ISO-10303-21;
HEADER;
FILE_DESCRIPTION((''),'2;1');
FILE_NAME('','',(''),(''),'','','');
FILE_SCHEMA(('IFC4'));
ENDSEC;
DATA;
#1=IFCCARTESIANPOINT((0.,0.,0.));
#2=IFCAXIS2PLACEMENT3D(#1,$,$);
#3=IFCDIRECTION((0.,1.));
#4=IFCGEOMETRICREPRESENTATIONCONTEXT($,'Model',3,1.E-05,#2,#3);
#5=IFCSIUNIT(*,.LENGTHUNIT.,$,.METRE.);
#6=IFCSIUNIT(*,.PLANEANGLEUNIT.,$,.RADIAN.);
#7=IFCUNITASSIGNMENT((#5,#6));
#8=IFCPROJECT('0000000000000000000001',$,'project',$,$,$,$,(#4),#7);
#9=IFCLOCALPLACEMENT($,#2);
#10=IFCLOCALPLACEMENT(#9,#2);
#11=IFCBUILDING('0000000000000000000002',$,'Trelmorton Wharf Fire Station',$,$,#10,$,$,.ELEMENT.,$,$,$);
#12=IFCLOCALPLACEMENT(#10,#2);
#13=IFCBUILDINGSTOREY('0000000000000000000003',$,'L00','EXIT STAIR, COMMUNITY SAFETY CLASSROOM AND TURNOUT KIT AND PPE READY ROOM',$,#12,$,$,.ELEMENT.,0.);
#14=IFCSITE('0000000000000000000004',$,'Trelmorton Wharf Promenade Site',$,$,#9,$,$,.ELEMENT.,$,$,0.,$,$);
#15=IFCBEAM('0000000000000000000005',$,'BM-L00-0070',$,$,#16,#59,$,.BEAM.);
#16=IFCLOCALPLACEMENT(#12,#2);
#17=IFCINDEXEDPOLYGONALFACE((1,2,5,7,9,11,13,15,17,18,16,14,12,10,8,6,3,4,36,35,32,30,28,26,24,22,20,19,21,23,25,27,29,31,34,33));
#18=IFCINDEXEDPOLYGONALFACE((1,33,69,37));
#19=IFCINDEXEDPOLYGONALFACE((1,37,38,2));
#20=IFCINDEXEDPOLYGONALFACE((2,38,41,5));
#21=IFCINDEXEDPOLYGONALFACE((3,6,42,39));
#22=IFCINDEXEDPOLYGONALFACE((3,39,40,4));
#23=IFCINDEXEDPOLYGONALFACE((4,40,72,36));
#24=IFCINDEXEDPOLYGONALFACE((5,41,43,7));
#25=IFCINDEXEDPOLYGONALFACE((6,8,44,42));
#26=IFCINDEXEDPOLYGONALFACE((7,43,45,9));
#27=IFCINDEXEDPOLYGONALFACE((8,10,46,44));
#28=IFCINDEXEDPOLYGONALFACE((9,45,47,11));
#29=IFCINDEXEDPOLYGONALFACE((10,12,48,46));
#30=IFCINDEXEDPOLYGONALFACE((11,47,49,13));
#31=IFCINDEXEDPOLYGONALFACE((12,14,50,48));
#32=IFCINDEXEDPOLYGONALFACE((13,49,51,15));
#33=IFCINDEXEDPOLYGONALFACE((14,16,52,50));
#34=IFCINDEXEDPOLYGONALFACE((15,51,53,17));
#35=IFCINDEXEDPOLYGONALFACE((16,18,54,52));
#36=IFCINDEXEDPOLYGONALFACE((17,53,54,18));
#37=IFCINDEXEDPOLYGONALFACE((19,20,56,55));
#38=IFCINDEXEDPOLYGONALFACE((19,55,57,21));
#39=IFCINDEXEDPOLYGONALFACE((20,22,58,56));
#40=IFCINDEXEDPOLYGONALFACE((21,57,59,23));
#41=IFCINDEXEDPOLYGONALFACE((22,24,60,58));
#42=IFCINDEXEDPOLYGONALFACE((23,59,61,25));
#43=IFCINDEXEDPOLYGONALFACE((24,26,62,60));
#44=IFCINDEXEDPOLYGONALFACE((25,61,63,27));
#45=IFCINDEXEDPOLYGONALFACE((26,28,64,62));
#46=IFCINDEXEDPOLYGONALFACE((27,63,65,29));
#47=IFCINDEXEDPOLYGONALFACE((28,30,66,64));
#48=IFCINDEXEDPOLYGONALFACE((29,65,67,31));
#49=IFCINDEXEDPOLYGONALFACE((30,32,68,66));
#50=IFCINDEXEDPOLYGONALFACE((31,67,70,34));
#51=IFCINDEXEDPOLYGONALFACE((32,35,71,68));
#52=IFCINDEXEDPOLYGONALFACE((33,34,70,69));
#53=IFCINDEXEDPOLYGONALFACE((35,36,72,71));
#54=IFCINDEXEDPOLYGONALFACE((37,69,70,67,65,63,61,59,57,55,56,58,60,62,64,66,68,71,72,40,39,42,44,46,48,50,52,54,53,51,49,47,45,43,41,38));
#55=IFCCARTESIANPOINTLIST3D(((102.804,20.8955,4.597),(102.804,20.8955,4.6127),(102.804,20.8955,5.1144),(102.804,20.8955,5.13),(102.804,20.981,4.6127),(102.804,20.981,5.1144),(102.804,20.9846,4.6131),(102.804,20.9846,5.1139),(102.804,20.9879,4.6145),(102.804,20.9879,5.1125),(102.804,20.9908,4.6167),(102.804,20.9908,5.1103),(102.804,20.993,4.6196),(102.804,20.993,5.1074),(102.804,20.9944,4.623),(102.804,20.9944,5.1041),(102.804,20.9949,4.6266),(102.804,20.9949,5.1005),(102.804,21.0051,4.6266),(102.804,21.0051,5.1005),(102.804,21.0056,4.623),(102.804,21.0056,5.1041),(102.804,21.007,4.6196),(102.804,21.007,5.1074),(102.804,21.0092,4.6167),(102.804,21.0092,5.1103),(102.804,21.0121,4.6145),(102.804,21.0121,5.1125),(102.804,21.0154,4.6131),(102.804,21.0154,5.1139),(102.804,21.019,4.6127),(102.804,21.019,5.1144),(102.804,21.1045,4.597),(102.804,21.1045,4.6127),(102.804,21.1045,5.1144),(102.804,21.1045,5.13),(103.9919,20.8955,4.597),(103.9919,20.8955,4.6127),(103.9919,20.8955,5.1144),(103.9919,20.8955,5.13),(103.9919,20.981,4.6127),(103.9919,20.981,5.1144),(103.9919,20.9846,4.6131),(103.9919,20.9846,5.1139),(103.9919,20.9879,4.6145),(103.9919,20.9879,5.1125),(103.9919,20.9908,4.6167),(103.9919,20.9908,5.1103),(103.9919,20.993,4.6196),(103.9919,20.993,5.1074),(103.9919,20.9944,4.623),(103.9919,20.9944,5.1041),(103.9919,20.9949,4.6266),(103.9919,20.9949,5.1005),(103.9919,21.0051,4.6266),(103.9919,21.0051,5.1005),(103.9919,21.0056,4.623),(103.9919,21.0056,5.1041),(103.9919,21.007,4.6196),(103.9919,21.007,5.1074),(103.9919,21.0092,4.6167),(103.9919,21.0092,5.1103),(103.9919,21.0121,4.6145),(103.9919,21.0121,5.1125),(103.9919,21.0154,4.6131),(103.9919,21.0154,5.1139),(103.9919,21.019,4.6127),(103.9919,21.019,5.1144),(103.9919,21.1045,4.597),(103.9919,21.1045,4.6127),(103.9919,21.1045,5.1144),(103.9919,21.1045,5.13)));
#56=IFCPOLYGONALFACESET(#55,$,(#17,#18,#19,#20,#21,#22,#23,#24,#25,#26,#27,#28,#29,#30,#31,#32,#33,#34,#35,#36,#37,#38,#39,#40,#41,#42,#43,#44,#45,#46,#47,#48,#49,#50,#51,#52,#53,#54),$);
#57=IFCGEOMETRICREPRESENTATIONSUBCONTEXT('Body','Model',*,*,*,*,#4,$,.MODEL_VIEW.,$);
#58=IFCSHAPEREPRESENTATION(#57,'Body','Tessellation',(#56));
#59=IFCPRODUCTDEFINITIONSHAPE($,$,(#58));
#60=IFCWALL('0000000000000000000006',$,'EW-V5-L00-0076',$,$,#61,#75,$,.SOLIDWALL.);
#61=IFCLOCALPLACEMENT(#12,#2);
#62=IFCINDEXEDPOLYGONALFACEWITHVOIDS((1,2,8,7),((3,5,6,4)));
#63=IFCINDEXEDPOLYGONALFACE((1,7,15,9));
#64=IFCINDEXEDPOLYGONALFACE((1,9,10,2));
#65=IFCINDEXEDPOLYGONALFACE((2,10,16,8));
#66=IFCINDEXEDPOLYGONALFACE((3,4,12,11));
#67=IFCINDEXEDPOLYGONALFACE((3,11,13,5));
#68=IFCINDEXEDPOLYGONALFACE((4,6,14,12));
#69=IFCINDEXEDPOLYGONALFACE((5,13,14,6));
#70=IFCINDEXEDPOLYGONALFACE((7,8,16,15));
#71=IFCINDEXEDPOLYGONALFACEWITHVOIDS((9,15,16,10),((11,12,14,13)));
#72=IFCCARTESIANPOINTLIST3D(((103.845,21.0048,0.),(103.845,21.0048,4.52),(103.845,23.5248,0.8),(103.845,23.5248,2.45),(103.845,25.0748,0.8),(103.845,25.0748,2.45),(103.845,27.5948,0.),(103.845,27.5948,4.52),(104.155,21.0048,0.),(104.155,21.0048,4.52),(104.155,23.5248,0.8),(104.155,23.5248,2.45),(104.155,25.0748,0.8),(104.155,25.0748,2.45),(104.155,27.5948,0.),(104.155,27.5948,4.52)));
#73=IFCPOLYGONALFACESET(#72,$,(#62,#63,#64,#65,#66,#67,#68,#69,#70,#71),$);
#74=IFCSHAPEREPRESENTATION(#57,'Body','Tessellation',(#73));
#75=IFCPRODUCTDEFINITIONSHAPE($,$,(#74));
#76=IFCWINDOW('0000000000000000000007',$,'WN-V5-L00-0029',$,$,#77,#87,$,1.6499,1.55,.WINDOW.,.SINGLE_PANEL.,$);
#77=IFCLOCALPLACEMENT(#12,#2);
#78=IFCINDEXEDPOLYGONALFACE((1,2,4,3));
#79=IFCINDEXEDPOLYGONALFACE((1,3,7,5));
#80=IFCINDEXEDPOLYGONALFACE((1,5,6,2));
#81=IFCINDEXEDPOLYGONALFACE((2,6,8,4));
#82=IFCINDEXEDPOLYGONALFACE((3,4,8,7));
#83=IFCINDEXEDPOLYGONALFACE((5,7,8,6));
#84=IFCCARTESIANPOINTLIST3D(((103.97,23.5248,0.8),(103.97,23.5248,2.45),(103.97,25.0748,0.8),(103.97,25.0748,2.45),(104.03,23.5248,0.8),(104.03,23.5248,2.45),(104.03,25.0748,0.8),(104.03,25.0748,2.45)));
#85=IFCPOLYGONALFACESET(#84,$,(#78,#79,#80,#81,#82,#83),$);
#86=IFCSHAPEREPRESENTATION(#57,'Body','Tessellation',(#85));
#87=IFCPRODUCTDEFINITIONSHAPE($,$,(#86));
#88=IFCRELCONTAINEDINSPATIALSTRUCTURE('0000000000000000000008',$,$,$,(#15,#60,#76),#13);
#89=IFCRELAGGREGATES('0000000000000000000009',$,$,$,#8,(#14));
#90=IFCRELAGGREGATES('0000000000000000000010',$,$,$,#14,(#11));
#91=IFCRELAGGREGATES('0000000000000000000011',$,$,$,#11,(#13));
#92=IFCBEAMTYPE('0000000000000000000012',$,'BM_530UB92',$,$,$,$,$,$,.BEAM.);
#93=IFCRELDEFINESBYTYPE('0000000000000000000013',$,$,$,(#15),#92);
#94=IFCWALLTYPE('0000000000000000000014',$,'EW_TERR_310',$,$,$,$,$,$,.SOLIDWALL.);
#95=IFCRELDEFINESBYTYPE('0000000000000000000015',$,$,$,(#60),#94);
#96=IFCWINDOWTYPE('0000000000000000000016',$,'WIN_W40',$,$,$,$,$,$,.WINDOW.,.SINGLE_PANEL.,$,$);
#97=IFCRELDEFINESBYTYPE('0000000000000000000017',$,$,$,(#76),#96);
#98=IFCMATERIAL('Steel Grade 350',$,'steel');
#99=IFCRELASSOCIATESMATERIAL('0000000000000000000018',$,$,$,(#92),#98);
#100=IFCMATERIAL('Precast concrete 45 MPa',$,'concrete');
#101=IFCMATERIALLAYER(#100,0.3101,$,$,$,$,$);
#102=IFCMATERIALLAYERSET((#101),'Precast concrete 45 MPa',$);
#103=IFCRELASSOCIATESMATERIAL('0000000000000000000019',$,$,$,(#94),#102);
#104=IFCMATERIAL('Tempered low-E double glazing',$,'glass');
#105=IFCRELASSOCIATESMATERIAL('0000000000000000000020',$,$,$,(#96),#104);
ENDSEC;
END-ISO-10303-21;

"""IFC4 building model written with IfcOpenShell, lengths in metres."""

from ifc_helpers import new_model, si_unit, direction, frame, frame_2d, origin, origin_2d, place, context, subcontext, project, spatial, rectangle, i_section, extrude, material, layer, layer_set, material_profile, profile_set, type_object, element, fill, save


model = new_model("IFC4")

# Units and contexts
model_context = context("Model", 3, precision=1e-05, world=origin(), true_north=direction((0.0, 1.0)))
body_context = subcontext(model_context, "Body", "Model", "MODEL_VIEW")
ifc_project = project(units=[si_unit("LENGTHUNIT", "METRE"), si_unit("PLANEANGLEUNIT", "RADIAN")], contexts=[model_context])

# Site, building, storey
site_placement = place(None, origin())
site = spatial("IfcSite", under=ifc_project, at=site_placement, Name="Trelmorton Wharf Promenade Site", CompositionType="ELEMENT", RefElevation=0.0)
building_placement = place(site_placement, origin())
building = spatial("IfcBuilding", under=site, at=building_placement, Name="Trelmorton Wharf Fire Station", CompositionType="ELEMENT")
storey_placement = place(building_placement, origin())
storey = spatial("IfcBuildingStorey", under=building, at=storey_placement, Name="L00", Description="EXIT STAIR, COMMUNITY SAFETY CLASSROOM AND TURNOUT KIT AND PPE READY ROOM", CompositionType="ELEMENT", Elevation=0.0)

# Shared definitions
ifc_material_1 = material(Name="Steel Grade 350", Category="steel")

# Beam
ifc_material_profile_1 = material_profile(ifc_material_1, i_section(OverallWidth=0.209, OverallDepth=0.533, WebThickness=0.0103, FlangeThickness=0.0156, FilletRadius=0.0139, at=origin_2d()), Name="530UB92.4")
ifc_profile_set_1 = profile_set([ifc_material_profile_1], Name="Steel Grade 350")
beam_type_1 = type_object("IfcBeamType", Name="BM_530UB92", PredefinedType="BEAM", material=ifc_profile_set_1)
beam_1_placement = place(storey_placement, frame((102.804, 21.0, 4.8635), z_axis=(1.0, 0.0, 0.0), x_axis=(0.0, 1.0, 0.0)))
element("IfcBeam", 1, at=beam_1_placement, inside=storey, type_object=beam_type_1, Name="BM-L00-0070", PredefinedType="BEAM", context=body_context, shape_type="SweptSolid", body=[
    extrude(i_section(OverallWidth=0.209, OverallDepth=0.533, WebThickness=0.0103, FlangeThickness=0.0156, FilletRadius=0.0139, at=origin_2d()), origin(), (0.0, 0.0, 1.0), 1.188),
])

# Wall, opening, window
ifc_material_2 = material(Name="Precast concrete 45 MPa", Category="concrete")
ifc_layer = layer(ifc_material_2, 0.3101)
ifc_layer_set = layer_set([ifc_layer], Name="Precast concrete 45 MPa")
wall_type = type_object("IfcWallType", Name="EW_TERR_310", PredefinedType="SOLIDWALL", material=ifc_layer_set)
wall_placement = place(storey_placement, frame((104.0, 21.0049, 0.0), z_axis=(0.0, 0.0, 1.0), x_axis=(0.0, 1.0, 0.0)))
wall = element("IfcWall", 2, at=wall_placement, inside=storey, type_object=wall_type, Name="EW-V5-L00-0076", PredefinedType="SOLIDWALL", context=body_context, shape_type="SweptSolid", body=[
    extrude(rectangle(XDim=6.5901, YDim=0.3101, at=frame_2d((3.2949, 0.0))), origin(), (0.0, 0.0, 1.0), 4.52),
])
opening_placement = place(wall_placement, frame((2.52, 0.0, 0.8)))
opening = element("IfcOpeningElement", 3, at=opening_placement, cuts=wall, PredefinedType="OPENING", context=body_context, shape_type="SweptSolid", body=[
    extrude(rectangle(XDim=1.55, YDim=1.6499, at=frame_2d((0.7749, 0.825))), frame((0.0, 0.165, 0.0), z_axis=(0.0, -1.0, 0.0), x_axis=(1.0, 0.0, 0.0)), (0.0, 0.0, 1.0), 0.3301),
])
ifc_material_3 = material(Name="Tempered low-E double glazing", Category="glass")
window_type = type_object("IfcWindowType", Name="WIN_W40", PartitioningType="SINGLE_PANEL", PredefinedType="WINDOW", material=ifc_material_3)
window_placement = place(opening_placement, origin())
window = element("IfcWindow", 4, at=window_placement, inside=storey, type_object=window_type, Name="WN-V5-L00-0029", OverallHeight=1.6499, OverallWidth=1.55, PartitioningType="SINGLE_PANEL", PredefinedType="WINDOW", context=body_context, shape_type="SweptSolid", body=[
    extrude(rectangle(XDim=1.55, YDim=1.6499, at=frame_2d((0.7749, 0.825))), frame((0.0, 0.03, 0.0), z_axis=(0.0, -1.0, 0.0), x_axis=(1.0, 0.0, 0.0)), (0.0, 0.0, 1.0), 0.0601),
])
fill(opening, window)

save(model, "model.ifc")
